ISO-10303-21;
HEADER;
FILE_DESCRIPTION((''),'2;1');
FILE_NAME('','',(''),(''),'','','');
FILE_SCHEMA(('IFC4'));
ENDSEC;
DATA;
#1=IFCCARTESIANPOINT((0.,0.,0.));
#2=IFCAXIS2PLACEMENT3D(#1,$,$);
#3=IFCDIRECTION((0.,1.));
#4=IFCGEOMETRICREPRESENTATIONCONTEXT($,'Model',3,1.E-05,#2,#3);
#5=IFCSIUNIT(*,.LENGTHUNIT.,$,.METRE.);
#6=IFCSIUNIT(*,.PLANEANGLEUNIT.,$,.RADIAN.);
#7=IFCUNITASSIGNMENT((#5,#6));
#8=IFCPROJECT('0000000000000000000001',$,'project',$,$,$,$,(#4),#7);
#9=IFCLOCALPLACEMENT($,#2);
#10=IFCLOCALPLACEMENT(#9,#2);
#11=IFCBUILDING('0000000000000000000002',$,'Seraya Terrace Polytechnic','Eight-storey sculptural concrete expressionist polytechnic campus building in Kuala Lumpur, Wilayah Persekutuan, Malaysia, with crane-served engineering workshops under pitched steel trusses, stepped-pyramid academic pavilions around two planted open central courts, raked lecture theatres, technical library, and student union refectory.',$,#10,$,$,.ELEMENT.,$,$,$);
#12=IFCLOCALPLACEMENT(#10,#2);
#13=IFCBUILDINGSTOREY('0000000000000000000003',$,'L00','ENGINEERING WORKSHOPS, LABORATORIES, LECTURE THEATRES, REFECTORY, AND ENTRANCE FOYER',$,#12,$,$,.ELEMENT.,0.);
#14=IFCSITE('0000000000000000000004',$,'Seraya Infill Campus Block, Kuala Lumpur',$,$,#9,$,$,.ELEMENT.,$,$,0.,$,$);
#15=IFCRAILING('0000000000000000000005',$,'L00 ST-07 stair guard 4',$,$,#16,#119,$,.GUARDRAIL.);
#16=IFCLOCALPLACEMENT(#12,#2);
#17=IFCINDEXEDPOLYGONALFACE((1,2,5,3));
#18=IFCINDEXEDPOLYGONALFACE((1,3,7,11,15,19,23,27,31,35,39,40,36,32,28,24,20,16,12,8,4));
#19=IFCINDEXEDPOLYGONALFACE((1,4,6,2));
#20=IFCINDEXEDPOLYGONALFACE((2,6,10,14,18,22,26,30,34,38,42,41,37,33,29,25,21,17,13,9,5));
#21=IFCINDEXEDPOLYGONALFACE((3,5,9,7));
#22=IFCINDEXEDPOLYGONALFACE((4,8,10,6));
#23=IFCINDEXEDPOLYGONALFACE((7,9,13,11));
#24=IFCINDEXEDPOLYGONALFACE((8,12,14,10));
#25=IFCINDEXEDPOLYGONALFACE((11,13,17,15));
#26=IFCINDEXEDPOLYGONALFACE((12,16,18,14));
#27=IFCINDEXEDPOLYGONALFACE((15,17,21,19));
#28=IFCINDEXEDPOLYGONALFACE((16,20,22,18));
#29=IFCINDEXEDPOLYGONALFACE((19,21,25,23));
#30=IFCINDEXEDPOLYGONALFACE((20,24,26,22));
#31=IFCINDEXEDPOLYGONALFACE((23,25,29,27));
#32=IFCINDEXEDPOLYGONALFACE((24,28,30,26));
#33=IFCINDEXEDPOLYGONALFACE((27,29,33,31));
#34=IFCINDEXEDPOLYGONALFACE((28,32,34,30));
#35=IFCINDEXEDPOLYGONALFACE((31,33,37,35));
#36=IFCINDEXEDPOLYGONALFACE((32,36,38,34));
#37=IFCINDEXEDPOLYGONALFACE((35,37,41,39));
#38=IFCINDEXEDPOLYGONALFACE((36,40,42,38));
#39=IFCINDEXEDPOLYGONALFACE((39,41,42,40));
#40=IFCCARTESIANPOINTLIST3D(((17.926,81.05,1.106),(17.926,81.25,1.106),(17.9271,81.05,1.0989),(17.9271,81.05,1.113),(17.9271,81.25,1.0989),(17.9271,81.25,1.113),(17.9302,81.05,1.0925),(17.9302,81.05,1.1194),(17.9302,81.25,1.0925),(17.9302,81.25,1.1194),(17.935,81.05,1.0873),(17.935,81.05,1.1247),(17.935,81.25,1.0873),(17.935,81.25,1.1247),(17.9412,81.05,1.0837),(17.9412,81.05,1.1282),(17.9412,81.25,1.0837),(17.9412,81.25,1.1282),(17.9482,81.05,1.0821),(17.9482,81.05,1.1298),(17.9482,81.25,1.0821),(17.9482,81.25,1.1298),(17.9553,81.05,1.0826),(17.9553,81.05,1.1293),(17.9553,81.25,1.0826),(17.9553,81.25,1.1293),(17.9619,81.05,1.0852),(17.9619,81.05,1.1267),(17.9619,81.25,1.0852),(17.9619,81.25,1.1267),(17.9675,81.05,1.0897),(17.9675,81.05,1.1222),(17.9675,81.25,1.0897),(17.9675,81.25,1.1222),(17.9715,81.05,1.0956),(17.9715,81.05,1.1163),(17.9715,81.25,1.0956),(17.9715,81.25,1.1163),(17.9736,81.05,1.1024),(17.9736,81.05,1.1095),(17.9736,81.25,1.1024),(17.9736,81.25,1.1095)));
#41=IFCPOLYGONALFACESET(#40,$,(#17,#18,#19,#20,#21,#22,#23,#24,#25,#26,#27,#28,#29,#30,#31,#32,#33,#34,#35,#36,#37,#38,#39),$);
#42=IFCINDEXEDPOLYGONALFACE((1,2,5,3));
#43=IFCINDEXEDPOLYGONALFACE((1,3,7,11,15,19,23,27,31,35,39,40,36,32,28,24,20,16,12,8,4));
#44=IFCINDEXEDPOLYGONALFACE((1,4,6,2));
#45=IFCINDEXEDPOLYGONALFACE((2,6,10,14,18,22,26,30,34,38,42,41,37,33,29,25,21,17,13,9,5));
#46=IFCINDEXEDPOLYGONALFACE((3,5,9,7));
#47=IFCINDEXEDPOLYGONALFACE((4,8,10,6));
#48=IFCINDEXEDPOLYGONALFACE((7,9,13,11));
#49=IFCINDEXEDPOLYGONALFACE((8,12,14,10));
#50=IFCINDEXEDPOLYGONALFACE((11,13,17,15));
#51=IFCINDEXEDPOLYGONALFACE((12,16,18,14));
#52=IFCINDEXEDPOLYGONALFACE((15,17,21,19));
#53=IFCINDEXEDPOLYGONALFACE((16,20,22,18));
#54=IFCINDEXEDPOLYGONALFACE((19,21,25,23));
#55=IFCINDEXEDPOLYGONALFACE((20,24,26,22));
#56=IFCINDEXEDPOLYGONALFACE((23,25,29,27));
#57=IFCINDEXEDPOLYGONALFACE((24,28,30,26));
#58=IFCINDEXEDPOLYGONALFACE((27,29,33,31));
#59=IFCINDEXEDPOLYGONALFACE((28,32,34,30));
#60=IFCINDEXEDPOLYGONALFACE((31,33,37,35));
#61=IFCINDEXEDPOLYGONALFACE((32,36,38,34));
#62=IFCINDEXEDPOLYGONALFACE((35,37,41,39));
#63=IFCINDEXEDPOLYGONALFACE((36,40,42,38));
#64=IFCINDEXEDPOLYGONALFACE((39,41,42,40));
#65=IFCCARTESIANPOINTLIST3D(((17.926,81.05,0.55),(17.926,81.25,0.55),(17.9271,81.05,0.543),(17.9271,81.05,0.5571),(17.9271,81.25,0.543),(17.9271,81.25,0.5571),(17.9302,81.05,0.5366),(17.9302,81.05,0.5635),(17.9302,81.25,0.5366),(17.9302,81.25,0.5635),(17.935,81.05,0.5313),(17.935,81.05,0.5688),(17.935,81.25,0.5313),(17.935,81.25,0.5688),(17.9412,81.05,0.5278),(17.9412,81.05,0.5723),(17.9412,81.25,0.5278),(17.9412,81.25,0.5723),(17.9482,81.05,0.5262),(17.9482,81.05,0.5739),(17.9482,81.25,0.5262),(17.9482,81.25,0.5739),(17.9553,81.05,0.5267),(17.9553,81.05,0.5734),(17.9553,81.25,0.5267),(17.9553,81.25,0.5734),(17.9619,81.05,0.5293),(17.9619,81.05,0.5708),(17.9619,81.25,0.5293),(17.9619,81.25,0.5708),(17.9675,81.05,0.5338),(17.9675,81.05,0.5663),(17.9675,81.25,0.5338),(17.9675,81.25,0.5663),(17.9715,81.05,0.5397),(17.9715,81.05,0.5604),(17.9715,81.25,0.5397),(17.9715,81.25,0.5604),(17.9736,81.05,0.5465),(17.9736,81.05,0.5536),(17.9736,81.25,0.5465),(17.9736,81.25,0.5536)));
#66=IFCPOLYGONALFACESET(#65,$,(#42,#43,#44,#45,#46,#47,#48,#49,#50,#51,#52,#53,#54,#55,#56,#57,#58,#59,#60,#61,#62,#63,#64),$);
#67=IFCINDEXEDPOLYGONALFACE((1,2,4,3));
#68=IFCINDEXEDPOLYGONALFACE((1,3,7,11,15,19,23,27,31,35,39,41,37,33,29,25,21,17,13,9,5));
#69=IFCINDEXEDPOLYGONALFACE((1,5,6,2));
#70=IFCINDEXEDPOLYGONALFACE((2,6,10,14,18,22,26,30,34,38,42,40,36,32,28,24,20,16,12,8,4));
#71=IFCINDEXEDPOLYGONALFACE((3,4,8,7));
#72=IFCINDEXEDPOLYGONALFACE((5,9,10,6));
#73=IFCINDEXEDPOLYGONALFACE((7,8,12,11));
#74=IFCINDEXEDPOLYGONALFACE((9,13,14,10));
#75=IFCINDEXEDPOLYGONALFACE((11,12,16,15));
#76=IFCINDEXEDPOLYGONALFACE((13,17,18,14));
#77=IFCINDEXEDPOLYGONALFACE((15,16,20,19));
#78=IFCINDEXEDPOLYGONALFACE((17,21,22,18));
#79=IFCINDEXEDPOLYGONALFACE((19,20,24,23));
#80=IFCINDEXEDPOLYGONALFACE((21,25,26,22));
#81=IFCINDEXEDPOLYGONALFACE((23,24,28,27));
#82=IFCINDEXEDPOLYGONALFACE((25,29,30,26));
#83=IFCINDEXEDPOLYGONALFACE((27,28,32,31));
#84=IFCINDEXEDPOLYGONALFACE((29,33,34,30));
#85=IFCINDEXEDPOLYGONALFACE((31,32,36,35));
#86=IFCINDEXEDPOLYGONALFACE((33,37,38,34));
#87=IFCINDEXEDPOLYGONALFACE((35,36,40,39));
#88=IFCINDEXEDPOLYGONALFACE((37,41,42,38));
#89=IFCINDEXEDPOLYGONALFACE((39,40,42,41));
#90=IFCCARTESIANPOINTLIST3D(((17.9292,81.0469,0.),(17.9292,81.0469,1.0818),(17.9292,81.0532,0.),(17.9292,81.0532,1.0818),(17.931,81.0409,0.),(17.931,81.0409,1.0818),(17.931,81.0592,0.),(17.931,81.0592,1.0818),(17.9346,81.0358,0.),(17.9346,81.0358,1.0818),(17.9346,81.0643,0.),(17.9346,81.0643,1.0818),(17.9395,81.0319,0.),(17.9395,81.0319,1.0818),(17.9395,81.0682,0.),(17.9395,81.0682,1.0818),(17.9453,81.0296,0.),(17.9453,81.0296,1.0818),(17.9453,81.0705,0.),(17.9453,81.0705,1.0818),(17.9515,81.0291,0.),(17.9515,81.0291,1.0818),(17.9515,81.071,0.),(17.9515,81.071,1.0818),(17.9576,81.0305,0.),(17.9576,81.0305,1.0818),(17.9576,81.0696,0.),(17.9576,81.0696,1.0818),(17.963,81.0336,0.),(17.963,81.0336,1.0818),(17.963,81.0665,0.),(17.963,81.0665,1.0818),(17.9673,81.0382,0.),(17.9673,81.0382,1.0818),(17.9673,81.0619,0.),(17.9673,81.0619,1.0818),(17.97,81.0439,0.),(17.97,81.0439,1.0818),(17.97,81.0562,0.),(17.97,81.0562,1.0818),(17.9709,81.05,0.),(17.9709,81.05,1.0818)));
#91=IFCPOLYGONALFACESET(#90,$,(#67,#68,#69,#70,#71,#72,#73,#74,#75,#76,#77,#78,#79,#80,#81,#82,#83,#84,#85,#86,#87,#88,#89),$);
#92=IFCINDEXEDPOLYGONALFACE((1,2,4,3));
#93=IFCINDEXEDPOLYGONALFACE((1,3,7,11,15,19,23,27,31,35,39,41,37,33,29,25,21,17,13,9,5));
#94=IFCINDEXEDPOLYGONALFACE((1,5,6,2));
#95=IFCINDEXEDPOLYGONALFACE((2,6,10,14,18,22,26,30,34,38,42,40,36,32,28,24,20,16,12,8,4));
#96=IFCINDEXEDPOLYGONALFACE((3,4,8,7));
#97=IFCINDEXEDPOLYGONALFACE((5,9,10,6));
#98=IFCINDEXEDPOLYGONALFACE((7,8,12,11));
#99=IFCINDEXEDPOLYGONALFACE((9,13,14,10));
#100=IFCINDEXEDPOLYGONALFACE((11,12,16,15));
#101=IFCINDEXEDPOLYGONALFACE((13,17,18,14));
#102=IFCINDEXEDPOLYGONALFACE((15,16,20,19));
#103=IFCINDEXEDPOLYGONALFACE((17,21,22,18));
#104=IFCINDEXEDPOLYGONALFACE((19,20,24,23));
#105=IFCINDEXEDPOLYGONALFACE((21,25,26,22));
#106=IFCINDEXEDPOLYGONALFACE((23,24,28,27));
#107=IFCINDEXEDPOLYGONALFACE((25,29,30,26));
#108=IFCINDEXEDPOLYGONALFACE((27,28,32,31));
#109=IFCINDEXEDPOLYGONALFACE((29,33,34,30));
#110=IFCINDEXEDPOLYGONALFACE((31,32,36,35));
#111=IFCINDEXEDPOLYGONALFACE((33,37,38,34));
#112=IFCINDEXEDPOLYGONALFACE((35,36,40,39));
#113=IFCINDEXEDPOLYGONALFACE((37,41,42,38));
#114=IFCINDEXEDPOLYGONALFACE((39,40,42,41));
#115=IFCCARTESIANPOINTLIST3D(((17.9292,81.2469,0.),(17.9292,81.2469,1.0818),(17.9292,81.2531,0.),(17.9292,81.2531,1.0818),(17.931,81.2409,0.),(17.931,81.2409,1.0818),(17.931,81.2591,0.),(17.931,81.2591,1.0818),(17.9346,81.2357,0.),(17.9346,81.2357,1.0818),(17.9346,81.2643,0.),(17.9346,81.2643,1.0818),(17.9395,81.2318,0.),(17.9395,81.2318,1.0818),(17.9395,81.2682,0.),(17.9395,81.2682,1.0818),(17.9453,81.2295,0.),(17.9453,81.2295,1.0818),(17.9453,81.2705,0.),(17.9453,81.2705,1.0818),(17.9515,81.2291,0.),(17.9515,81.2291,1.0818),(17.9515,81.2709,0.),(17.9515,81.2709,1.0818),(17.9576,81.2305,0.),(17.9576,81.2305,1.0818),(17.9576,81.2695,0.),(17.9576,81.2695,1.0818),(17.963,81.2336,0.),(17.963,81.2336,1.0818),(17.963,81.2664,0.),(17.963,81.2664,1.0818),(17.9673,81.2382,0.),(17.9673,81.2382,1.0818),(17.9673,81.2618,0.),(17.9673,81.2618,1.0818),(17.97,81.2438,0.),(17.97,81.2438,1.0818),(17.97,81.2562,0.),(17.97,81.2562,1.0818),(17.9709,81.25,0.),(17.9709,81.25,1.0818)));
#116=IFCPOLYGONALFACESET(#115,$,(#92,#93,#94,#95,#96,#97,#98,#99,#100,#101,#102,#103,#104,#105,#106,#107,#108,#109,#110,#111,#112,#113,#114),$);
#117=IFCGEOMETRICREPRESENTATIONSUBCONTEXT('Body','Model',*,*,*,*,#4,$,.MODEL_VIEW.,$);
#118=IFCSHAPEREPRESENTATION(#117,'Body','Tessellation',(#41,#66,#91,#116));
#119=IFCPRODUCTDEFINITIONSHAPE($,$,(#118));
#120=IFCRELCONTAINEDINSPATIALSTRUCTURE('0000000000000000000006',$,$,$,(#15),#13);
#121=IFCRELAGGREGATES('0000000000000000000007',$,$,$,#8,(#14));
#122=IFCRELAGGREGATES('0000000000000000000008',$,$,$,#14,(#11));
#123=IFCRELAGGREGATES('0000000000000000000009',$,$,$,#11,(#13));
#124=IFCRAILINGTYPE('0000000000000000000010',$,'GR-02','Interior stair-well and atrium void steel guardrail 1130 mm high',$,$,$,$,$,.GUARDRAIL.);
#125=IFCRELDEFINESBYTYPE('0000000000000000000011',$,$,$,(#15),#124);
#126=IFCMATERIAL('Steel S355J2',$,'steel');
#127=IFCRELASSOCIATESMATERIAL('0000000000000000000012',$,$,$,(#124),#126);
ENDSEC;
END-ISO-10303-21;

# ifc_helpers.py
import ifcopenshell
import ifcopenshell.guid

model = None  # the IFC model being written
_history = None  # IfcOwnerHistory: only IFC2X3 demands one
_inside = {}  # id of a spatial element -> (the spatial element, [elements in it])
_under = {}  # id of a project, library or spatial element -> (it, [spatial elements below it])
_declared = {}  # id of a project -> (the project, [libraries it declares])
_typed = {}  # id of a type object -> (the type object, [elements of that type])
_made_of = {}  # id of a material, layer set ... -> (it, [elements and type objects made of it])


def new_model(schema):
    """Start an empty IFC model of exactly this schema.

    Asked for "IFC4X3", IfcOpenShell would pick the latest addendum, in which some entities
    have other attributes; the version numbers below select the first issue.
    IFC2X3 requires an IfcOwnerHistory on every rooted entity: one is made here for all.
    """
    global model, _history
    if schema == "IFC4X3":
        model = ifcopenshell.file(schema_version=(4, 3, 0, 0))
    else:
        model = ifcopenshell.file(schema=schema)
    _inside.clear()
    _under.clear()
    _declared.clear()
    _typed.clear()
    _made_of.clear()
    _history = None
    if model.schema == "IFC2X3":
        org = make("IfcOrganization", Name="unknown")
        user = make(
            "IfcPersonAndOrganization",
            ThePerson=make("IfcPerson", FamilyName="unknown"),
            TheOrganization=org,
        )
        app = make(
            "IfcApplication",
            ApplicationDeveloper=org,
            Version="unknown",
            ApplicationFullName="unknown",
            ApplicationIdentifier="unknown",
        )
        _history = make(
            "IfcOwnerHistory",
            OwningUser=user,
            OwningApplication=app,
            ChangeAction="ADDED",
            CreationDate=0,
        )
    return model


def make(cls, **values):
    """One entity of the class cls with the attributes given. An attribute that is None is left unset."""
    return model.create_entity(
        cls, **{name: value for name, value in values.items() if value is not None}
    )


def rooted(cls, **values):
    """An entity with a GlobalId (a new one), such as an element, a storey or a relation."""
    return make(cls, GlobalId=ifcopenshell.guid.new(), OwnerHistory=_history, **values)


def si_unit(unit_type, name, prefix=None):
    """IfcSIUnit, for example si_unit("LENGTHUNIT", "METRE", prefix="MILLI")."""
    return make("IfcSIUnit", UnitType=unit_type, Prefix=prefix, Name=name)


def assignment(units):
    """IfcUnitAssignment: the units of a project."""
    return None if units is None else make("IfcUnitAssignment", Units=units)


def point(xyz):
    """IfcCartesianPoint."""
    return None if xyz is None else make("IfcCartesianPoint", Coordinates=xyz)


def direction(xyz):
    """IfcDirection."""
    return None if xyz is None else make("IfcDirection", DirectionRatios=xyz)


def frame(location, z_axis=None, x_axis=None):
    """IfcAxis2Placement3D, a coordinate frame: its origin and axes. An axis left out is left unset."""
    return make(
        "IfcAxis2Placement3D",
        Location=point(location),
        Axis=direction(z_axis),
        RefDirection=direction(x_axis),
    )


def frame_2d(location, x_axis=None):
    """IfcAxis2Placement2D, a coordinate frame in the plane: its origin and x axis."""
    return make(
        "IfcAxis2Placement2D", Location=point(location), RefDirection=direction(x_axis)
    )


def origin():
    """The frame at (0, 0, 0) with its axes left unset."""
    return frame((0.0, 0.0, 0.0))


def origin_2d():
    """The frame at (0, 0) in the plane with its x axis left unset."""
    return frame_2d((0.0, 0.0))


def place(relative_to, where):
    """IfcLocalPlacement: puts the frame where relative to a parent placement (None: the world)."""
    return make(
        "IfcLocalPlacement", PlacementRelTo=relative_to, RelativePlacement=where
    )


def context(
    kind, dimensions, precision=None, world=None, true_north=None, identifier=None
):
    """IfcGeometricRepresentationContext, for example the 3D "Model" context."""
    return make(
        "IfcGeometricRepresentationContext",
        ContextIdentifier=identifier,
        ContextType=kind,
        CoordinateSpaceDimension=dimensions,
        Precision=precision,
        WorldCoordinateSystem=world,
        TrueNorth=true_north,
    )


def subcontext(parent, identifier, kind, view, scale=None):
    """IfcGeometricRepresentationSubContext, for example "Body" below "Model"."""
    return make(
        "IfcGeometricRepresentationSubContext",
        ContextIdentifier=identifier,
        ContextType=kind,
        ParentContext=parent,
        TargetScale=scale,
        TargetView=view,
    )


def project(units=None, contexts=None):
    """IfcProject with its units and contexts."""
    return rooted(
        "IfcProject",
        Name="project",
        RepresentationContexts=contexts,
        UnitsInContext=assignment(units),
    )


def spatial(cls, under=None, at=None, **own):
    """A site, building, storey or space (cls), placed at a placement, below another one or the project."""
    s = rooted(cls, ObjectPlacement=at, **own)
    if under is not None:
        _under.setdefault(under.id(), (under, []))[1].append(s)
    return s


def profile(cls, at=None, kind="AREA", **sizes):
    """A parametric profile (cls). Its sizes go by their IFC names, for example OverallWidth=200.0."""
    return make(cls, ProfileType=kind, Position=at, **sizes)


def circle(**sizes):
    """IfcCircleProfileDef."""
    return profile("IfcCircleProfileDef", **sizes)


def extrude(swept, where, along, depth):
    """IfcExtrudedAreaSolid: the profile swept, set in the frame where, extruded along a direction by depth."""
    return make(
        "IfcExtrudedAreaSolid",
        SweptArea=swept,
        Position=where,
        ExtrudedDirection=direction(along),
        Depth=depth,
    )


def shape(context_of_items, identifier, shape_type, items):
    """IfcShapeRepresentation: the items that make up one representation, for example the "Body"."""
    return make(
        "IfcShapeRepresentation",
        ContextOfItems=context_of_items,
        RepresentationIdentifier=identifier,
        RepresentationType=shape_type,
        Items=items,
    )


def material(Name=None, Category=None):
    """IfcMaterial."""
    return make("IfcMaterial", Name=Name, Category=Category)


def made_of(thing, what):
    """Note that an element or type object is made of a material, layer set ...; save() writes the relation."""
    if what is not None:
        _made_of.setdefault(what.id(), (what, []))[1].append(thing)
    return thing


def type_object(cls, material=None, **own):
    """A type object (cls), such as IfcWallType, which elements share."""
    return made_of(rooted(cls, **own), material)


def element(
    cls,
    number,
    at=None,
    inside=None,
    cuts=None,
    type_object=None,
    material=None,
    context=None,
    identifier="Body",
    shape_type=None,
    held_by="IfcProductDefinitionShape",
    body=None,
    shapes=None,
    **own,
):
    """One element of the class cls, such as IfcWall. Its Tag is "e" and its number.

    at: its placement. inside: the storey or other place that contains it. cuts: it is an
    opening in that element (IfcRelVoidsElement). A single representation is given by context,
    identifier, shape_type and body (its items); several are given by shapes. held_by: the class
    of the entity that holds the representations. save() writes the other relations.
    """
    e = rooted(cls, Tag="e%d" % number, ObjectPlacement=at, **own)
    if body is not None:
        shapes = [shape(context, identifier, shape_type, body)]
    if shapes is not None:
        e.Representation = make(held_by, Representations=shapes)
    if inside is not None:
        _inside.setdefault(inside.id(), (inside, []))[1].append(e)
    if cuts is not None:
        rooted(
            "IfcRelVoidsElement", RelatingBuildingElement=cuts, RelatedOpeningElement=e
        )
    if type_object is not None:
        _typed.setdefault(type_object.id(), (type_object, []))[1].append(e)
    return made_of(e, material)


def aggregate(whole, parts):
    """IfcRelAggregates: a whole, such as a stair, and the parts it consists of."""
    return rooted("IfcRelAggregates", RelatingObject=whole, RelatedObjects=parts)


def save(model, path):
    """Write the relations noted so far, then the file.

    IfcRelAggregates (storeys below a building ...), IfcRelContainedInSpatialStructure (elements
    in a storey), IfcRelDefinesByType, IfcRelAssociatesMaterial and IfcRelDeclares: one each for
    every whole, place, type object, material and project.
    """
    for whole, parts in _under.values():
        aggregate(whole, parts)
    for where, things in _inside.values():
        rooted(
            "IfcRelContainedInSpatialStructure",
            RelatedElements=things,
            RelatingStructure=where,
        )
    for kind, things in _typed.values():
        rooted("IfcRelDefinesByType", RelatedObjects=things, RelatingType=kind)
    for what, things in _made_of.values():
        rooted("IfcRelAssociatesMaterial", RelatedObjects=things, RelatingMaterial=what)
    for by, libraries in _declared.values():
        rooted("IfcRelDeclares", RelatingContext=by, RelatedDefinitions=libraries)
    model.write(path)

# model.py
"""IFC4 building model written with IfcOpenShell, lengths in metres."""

from ifc_helpers import new_model, si_unit, direction, frame, origin, origin_2d, place, context, subcontext, project, spatial, circle, extrude, material, type_object, element, save


model = new_model("IFC4")

# Units and contexts
model_context = context("Model", 3, precision=1e-05, world=origin(), true_north=direction((0.0, 1.0)))
body_context = subcontext(model_context, "Body", "Model", "MODEL_VIEW")
ifc_project = project(units=[si_unit("LENGTHUNIT", "METRE"), si_unit("PLANEANGLEUNIT", "RADIAN")], contexts=[model_context])

# Site, building, storey
site_placement = place(None, origin())
site = spatial("IfcSite", under=ifc_project, at=site_placement, Name="Seraya Infill Campus Block, Kuala Lumpur", CompositionType="ELEMENT", RefElevation=0.0)
building_placement = place(site_placement, origin())
building = spatial("IfcBuilding", under=site, at=building_placement, Name="Seraya Terrace Polytechnic", Description="Eight-storey sculptural concrete expressionist polytechnic campus building in Kuala Lumpur, Wilayah Persekutuan, Malaysia, with crane-served engineering workshops under pitched steel trusses, stepped-pyramid academic pavilions around two planted open central courts, raked lecture theatres, technical library, and student union refectory.", CompositionType="ELEMENT")
storey_placement = place(building_placement, origin())
storey = spatial("IfcBuildingStorey", under=building, at=storey_placement, Name="L00", Description="ENGINEERING WORKSHOPS, LABORATORIES, LECTURE THEATRES, REFECTORY, AND ENTRANCE FOYER", CompositionType="ELEMENT", Elevation=0.0)

# Shared definitions
ifc_material_1 = material(Name="Steel S355J2", Category="steel")

# Railing
railing_type_1 = type_object("IfcRailingType", Name="GR-02", Description="Interior stair-well and atrium void steel guardrail 1130 mm high", PredefinedType="GUARDRAIL", material=ifc_material_1)
railing_1_placement = place(storey_placement, frame((17.95, 81.05, 0.0)))
element("IfcRailing", 1, at=railing_1_placement, inside=storey, type_object=railing_type_1, Name="L00 ST-07 stair guard 4", PredefinedType="GUARDRAIL", context=body_context, shape_type="SweptSolid", body=[
    extrude(circle(Radius=0.0239, at=origin_2d()), frame((0.0, 0.0, 1.106), z_axis=(0.0, 1.0, 0.0), x_axis=(-1.0, 0.0, 0.0)), (0.0, 0.0, 1.0), 0.2),
    extrude(circle(Radius=0.0239, at=origin_2d()), frame((0.0, 0.0, 0.55), z_axis=(0.0, 1.0, 0.0), x_axis=(-1.0, 0.0, 0.0)), (0.0, 0.0, 1.0), 0.2),
    extrude(circle(Radius=0.021, at=origin_2d()), origin(), (0.0, 0.0, 1.0), 1.0818),
    extrude(circle(Radius=0.021, at=origin_2d()), frame((0.0, 0.2, 0.0)), (0.0, 0.0, 1.0), 1.0818),
])

save(model, "model.ifc")
